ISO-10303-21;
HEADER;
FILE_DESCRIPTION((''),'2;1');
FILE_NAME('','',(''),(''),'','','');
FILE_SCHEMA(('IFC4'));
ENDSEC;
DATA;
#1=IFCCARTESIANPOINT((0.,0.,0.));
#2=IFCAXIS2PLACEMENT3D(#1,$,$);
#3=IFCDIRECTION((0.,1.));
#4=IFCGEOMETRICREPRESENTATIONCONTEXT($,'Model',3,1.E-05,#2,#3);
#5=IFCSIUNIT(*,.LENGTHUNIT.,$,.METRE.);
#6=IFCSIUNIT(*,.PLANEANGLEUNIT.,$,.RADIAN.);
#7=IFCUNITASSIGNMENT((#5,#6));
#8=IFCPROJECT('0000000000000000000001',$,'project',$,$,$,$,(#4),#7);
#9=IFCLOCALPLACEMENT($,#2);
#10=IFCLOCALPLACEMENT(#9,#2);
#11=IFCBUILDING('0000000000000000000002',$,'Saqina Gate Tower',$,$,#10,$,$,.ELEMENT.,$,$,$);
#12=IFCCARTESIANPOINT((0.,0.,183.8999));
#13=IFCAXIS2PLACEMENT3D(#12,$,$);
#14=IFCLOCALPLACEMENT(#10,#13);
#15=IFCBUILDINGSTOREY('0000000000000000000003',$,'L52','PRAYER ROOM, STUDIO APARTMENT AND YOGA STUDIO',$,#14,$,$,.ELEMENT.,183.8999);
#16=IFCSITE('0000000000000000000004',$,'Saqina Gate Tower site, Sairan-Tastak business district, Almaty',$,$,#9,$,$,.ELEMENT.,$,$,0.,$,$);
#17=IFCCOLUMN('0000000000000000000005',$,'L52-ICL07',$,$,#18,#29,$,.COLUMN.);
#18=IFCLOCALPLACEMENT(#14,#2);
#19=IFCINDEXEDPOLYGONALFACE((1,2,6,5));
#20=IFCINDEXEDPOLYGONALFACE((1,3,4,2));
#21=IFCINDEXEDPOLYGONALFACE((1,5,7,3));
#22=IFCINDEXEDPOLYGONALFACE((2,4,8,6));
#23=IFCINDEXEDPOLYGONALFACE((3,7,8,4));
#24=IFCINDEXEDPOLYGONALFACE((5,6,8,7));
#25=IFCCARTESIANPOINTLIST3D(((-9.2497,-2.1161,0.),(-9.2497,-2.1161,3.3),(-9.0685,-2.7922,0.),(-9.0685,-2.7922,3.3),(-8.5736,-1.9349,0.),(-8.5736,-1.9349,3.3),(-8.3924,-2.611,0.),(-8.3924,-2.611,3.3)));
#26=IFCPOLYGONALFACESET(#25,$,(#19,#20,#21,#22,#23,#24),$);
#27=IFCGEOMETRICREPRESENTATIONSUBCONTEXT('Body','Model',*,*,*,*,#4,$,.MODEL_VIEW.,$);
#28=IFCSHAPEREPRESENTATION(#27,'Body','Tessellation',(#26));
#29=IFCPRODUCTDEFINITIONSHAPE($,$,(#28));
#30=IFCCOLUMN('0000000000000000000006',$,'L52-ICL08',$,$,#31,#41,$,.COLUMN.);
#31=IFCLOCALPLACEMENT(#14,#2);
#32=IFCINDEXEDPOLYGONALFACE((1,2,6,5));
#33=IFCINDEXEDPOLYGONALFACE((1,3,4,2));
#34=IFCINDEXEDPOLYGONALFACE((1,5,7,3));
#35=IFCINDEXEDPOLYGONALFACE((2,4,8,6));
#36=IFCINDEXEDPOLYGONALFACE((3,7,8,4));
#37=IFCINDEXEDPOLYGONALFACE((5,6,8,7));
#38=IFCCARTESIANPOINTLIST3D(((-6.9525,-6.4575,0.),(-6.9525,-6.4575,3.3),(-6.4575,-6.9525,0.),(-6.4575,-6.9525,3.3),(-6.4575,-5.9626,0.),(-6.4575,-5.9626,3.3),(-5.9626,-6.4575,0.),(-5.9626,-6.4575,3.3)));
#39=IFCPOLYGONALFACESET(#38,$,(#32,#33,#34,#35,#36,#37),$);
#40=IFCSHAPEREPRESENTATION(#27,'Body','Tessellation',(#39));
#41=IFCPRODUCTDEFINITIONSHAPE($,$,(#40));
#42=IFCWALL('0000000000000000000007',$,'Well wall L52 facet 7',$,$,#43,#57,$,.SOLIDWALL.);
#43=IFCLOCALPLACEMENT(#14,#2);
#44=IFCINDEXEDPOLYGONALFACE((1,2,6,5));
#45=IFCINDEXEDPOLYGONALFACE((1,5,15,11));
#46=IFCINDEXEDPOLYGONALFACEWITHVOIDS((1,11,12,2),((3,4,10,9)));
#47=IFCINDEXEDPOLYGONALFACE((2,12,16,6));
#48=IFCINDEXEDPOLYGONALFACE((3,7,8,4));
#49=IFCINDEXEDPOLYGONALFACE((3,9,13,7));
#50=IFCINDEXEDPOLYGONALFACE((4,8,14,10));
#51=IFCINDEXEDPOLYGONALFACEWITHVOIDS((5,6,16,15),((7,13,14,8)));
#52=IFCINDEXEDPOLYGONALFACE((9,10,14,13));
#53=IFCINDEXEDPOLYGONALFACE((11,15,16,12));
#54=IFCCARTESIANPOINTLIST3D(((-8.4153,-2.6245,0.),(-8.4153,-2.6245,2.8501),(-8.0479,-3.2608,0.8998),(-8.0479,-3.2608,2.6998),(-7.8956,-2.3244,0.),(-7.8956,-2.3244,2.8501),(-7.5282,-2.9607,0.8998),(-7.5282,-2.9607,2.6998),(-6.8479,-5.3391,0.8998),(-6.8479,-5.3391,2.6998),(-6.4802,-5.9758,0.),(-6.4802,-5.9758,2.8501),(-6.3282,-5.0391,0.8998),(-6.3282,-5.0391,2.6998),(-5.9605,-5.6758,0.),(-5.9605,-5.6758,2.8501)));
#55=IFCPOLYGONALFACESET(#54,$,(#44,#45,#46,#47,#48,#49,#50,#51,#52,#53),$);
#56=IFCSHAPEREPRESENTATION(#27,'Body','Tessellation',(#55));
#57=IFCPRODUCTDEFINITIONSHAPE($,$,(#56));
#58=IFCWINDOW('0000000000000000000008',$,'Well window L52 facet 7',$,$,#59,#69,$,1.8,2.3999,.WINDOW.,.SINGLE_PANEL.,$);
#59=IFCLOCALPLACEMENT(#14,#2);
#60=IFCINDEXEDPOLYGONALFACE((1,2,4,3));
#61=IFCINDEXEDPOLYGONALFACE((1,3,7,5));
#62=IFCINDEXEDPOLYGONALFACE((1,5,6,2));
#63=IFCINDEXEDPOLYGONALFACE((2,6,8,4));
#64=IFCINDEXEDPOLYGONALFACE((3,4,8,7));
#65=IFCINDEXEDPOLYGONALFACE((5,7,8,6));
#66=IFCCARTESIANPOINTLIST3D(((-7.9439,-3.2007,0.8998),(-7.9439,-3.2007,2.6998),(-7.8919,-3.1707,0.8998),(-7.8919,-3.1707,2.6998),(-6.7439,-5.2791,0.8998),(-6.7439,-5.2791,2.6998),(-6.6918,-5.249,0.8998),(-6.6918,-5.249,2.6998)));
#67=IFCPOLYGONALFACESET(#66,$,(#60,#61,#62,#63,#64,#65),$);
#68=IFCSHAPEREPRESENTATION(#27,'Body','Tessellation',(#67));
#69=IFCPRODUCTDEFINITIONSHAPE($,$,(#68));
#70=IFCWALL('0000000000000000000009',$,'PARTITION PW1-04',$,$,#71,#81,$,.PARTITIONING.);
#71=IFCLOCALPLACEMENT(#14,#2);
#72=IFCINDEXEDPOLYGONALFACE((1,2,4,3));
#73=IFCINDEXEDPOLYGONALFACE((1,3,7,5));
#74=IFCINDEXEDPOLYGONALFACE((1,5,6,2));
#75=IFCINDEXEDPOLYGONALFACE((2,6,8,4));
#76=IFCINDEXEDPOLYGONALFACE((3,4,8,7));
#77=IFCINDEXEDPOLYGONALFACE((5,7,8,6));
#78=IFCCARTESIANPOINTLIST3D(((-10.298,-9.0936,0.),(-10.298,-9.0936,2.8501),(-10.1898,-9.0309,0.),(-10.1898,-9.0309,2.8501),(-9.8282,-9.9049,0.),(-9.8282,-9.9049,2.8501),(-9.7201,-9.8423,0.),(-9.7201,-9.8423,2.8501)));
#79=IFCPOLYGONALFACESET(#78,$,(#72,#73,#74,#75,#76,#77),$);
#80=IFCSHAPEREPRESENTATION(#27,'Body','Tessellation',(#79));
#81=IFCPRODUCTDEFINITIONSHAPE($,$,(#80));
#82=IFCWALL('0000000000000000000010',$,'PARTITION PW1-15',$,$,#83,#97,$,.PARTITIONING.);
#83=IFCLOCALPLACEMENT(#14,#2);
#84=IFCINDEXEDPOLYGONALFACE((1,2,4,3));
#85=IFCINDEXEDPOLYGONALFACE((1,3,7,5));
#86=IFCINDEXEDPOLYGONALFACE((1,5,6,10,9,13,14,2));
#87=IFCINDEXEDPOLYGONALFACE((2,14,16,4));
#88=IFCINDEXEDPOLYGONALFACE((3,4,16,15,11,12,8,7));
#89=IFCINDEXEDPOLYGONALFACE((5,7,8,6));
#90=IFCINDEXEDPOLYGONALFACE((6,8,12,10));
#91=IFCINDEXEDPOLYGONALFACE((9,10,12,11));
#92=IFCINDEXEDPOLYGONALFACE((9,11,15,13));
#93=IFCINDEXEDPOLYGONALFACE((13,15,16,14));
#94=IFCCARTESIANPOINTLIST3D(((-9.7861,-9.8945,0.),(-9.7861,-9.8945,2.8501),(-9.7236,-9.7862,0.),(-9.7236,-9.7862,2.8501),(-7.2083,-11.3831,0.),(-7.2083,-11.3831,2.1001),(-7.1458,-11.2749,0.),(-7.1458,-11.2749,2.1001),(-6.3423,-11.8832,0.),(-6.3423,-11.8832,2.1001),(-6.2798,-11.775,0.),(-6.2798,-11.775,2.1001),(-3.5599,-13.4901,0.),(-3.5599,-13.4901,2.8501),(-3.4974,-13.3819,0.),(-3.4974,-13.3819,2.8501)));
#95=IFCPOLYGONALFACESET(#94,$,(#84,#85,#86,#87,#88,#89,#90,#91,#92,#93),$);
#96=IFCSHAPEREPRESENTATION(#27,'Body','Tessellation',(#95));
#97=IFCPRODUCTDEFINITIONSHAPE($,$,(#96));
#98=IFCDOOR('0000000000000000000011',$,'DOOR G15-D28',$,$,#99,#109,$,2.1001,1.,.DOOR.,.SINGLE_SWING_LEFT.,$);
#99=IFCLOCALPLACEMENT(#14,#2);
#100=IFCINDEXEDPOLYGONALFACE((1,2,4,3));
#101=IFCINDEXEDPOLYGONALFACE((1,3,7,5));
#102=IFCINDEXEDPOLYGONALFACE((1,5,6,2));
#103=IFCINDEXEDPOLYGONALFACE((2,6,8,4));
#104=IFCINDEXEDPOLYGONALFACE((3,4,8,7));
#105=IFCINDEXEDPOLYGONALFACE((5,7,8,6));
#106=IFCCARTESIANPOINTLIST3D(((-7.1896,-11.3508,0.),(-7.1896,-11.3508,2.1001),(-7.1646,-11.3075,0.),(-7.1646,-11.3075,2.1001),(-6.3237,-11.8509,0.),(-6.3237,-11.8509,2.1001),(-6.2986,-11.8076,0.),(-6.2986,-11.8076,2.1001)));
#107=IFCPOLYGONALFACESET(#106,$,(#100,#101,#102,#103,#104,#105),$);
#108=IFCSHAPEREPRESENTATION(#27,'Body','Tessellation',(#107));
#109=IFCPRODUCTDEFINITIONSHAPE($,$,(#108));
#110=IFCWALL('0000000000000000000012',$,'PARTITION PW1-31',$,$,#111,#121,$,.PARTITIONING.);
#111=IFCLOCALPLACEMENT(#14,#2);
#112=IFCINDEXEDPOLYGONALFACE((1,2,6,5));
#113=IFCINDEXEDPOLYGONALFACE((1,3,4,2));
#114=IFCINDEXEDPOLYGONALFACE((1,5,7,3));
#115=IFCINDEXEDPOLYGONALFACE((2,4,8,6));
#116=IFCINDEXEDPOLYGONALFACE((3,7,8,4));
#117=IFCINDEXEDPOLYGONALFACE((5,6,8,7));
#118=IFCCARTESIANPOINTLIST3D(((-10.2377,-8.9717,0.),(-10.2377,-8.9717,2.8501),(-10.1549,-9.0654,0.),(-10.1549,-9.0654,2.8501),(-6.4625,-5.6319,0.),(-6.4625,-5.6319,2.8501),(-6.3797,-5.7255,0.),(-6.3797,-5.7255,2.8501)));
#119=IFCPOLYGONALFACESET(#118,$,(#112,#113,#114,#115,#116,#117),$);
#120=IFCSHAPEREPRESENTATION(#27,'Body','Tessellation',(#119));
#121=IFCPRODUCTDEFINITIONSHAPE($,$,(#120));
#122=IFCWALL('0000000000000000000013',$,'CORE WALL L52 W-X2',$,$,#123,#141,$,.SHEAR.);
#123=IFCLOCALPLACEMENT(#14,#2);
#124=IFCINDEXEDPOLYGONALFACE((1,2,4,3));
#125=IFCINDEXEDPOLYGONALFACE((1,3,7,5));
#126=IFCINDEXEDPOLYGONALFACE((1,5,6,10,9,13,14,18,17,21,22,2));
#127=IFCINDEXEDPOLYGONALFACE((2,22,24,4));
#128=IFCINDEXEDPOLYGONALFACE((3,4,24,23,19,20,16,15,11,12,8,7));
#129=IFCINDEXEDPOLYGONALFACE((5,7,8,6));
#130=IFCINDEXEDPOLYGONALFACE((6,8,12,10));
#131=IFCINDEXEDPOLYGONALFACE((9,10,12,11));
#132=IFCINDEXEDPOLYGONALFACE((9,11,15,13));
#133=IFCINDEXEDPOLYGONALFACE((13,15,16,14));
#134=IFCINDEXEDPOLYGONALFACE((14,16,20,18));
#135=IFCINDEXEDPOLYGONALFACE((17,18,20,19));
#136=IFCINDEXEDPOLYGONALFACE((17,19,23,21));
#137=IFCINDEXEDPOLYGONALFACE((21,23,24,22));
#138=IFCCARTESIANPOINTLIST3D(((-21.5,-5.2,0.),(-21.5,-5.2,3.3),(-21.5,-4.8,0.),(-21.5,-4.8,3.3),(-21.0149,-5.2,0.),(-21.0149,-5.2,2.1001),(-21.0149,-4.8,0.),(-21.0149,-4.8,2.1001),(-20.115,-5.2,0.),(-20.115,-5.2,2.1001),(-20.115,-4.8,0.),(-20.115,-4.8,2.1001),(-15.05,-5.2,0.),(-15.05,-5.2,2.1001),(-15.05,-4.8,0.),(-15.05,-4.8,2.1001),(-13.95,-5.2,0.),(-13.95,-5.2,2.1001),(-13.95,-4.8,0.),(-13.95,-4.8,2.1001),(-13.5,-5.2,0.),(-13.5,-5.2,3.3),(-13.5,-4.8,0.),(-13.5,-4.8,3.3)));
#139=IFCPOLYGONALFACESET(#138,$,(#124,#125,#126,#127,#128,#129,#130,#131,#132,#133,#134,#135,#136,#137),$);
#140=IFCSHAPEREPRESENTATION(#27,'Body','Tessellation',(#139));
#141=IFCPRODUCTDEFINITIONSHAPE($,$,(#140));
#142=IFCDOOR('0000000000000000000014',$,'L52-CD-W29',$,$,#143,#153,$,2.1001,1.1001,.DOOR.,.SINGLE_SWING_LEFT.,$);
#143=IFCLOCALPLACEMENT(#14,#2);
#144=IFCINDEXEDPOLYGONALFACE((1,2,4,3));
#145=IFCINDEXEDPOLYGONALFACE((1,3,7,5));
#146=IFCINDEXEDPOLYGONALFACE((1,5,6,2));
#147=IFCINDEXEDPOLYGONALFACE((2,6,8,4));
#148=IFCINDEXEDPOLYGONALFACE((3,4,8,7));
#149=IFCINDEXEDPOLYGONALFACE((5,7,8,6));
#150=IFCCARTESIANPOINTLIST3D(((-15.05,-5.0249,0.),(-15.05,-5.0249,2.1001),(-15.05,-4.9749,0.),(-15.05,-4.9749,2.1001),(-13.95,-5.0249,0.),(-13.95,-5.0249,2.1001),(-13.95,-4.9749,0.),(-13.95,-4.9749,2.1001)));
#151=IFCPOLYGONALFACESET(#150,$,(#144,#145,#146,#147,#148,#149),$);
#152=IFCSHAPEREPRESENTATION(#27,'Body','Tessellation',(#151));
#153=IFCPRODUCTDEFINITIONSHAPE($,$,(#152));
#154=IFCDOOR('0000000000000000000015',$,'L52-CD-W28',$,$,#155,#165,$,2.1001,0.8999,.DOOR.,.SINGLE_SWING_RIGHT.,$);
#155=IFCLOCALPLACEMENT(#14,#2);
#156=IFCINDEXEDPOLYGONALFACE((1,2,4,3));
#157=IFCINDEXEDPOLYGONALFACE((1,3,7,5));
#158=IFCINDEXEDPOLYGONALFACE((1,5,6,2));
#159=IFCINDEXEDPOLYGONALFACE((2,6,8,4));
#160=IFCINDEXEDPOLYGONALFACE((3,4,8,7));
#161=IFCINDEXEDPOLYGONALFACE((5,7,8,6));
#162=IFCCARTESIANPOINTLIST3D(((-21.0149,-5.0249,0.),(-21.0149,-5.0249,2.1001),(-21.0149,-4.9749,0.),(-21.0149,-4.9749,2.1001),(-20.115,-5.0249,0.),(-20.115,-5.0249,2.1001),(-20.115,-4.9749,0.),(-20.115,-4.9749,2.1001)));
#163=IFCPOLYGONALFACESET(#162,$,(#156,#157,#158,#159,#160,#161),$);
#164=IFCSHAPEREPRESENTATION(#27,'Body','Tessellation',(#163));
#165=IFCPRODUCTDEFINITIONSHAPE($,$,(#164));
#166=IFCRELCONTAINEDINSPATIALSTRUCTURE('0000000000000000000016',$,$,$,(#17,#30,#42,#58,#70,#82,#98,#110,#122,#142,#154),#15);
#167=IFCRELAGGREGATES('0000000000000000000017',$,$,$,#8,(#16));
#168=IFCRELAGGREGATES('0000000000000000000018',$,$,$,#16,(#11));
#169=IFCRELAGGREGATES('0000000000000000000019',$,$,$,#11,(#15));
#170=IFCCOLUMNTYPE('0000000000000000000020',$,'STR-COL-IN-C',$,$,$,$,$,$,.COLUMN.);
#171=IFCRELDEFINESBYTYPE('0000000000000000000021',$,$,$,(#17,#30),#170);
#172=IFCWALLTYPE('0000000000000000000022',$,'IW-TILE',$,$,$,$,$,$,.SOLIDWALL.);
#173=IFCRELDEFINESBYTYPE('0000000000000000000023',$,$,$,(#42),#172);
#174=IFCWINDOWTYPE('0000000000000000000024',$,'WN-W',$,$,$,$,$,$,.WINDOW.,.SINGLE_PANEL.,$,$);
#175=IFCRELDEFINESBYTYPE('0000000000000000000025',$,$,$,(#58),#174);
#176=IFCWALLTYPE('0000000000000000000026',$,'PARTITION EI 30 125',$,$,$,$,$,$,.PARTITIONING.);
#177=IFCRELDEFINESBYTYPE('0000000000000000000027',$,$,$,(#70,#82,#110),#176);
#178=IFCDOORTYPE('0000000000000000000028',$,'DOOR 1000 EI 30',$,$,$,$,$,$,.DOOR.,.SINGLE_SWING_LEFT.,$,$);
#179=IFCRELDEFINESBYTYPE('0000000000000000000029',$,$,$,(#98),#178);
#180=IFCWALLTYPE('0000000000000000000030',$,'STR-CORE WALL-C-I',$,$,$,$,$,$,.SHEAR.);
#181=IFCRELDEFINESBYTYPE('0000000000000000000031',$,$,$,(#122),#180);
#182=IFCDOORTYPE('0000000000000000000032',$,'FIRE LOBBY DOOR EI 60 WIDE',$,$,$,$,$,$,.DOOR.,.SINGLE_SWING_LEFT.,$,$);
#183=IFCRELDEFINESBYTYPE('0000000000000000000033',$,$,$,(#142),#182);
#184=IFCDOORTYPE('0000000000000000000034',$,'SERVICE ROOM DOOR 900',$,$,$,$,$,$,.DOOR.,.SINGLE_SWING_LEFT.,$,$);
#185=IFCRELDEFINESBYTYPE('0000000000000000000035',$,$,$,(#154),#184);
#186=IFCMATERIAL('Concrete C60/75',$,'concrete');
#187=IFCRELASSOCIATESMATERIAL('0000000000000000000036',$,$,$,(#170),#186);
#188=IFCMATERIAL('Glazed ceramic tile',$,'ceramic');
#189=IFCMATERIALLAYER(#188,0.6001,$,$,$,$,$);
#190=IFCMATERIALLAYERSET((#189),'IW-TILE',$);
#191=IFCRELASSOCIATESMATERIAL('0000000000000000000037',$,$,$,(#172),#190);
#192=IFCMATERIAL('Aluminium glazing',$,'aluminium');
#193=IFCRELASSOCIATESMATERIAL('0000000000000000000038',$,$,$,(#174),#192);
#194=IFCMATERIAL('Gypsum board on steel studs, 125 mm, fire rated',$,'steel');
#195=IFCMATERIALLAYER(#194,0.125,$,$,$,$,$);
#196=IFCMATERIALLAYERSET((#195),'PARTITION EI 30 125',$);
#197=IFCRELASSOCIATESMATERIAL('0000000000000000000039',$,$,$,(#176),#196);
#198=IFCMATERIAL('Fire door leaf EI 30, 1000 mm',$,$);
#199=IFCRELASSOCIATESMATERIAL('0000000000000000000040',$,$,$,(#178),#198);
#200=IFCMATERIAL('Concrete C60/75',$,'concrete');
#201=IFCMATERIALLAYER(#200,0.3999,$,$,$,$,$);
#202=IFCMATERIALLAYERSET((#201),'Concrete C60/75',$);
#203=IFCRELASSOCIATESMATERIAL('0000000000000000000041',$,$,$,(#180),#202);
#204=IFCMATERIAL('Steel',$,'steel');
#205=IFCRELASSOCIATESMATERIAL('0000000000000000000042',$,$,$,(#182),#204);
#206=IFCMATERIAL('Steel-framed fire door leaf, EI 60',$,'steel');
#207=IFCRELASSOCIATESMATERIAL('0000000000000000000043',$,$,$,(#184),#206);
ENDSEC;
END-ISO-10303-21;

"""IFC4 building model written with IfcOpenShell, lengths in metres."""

from ifc_helpers import new_model, si_unit, direction, frame, frame_2d, origin, origin_2d, place, context, subcontext, project, spatial, rectangle, extrude, material, layer, layer_set, material_profile, profile_set, type_object, element, fill, save


model = new_model("IFC4")

# Units and contexts
model_context = context("Model", 3, precision=1e-05, world=origin(), true_north=direction((0.0, 1.0)))
body_context = subcontext(model_context, "Body", "Model", "MODEL_VIEW")
ifc_project = project(units=[si_unit("LENGTHUNIT", "METRE"), si_unit("PLANEANGLEUNIT", "RADIAN")], contexts=[model_context])

# Site, building, storey
site_placement = place(None, origin())
site = spatial("IfcSite", under=ifc_project, at=site_placement, Name="Saqina Gate Tower site, Sairan-Tastak business district, Almaty", CompositionType="ELEMENT", RefElevation=0.0)
building_placement = place(site_placement, origin())
building = spatial("IfcBuilding", under=site, at=building_placement, Name="Saqina Gate Tower", CompositionType="ELEMENT")
storey_placement = place(building_placement, frame((0.0, 0.0, 183.8999)))
storey = spatial("IfcBuildingStorey", under=building, at=storey_placement, Name="L52", Description="PRAYER ROOM, STUDIO APARTMENT AND YOGA STUDIO", CompositionType="ELEMENT", Elevation=183.8999)

# Columns
ifc_material_1 = material(Name="Concrete C60/75", Category="concrete")
ifc_material_profile = material_profile(ifc_material_1, rectangle(XDim=0.7, YDim=0.7, at=origin_2d()), Name="RC 700x700")
ifc_profile_set = profile_set([ifc_material_profile], Name="Concrete C60/75")
column_type = type_object("IfcColumnType", Name="STR-COL-IN-C", PredefinedType="COLUMN", material=ifc_profile_set)
for number, where, z_axis, x_axis, name in (
    (1, (-8.821, -2.3635, 0.0), (0.0, 0.0, 1.0), (-0.965926, -0.258819, 0.0), "L52-ICL07"),
    (2, (-6.4575, -6.4575, 0.0), (0.0, 0.0, 1.0), (-0.707107, -0.707107, 0.0), "L52-ICL08"),
):
    element("IfcColumn", number, at=place(storey_placement, frame(where, z_axis=z_axis, x_axis=x_axis)), inside=storey, type_object=column_type, Name=name, PredefinedType="COLUMN", context=body_context, shape_type="SweptSolid", body=[
        extrude(rectangle(XDim=0.7, YDim=0.7, at=origin_2d()), origin(), (0.0, 0.0, 1.0), 3.3),
    ])

# Wall, opening, window
ifc_material_2 = material(Name="Glazed ceramic tile", Category="ceramic")
ifc_layer_1 = layer(ifc_material_2, 0.6001)
ifc_layer_set_1 = layer_set([ifc_layer_1], Name="IW-TILE")
wall_type_1 = type_object("IfcWallType", Name="IW-TILE", PredefinedType="SOLIDWALL", material=ifc_layer_set_1)
wall_1_placement = place(storey_placement, frame((-8.1555, -2.4744, 0.0), z_axis=(0.0, 0.0, 1.0), x_axis=(0.500034, -0.866006, 0.0)))
wall_1 = element("IfcWall", 3, at=wall_1_placement, inside=storey, type_object=wall_type_1, Name="Well wall L52 facet 7", PredefinedType="SOLIDWALL", context=body_context, shape_type="SweptSolid", body=[
    extrude(rectangle(XDim=3.8699, YDim=0.6001, at=frame_2d((1.9351, 0.0))), origin(), (0.0, 0.0, 1.0), 2.8501),
])
opening_1_placement = place(wall_1_placement, frame((0.7349, 0.0, 0.8999)))
opening_1 = element("IfcOpeningElement", 4, at=opening_1_placement, cuts=wall_1, PredefinedType="OPENING", context=body_context, shape_type="SweptSolid", body=[
    extrude(rectangle(XDim=2.3999, YDim=1.8, at=frame_2d((1.2, 0.8999))), frame((0.0, 0.312, 0.0), z_axis=(0.0, -1.0, 0.0), x_axis=(1.0, 0.0, 0.0)), (0.0, 0.0, 1.0), 0.624),
])
ifc_material_3 = material(Name="Aluminium glazing", Category="aluminium")
window_type = type_object("IfcWindowType", Name="WN-W", PartitioningType="SINGLE_PANEL", PredefinedType="WINDOW", material=ifc_material_3)
window_placement = place(opening_1_placement, origin())
window = element("IfcWindow", 5, at=window_placement, inside=storey, type_object=window_type, Name="Well window L52 facet 7", OverallHeight=1.8, OverallWidth=2.3999, PartitioningType="SINGLE_PANEL", PredefinedType="WINDOW", context=body_context, shape_type="SweptSolid", body=[
    extrude(rectangle(XDim=2.3999, YDim=1.8, at=frame_2d((1.2, 0.8999))), frame((0.0, -0.1199, 0.0), z_axis=(0.0, -1.0, 0.0), x_axis=(1.0, 0.0, 0.0)), (0.0, 0.0, 1.0), 0.0601),
])
fill(opening_1, window)

# Wall
ifc_material_4 = material(Name="Gypsum board on steel studs, 125 mm, fire rated", Category="steel")
ifc_layer_2 = layer(ifc_material_4, 0.125)
ifc_layer_set_2 = layer_set([ifc_layer_2], Name="PARTITION EI 30 125")
wall_type_2 = type_object("IfcWallType", Name="PARTITION EI 30 125", PredefinedType="PARTITIONING", material=ifc_layer_set_2)
wall_2_placement = place(storey_placement, frame((-10.2439, -9.0623, 0.0), z_axis=(0.0, 0.0, 1.0), x_axis=(0.501067, -0.865408, 0.0)))
element("IfcWall", 6, at=wall_2_placement, inside=storey, type_object=wall_type_2, Name="PARTITION PW1-04", PredefinedType="PARTITIONING", context=body_context, shape_type="SweptSolid", body=[
    extrude(rectangle(XDim=0.9375, YDim=0.125, at=frame_2d((0.4688, 0.0))), origin(), (0.0, 0.0, 1.0), 2.8501),
])

# Wall, opening, door
wall_3_placement = place(storey_placement, frame((-9.7549, -9.8403, 0.0), z_axis=(0.0, 0.0, 1.0), x_axis=(0.865969, -0.500098, 0.0)))
wall_3 = element("IfcWall", 7, at=wall_3_placement, inside=storey, type_object=wall_type_2, Name="PARTITION PW1-15", PredefinedType="PARTITIONING", context=body_context, shape_type="SweptSolid", body=[
    extrude(rectangle(XDim=7.1899, YDim=0.125, at=frame_2d((3.595, 0.0))), origin(), (0.0, 0.0, 1.0), 2.8501),
])
opening_2_placement = place(wall_3_placement, frame((2.9768, 0.0, 0.0)))
opening_2 = element("IfcOpeningElement", 8, at=opening_2_placement, cuts=wall_3, PredefinedType="OPENING", context=body_context, shape_type="SweptSolid", body=[
    extrude(rectangle(XDim=1.0, YDim=2.1001, at=frame_2d((0.5, 1.05))), frame((0.0, 0.0745, 0.0), z_axis=(0.0, -1.0, 0.0), x_axis=(1.0, 0.0, 0.0)), (0.0, 0.0, 1.0), 0.1489),
])
ifc_material_5 = material(Name="Fire door leaf EI 30, 1000 mm")
door_type_1 = type_object("IfcDoorType", Name="DOOR 1000 EI 30", OperationType="SINGLE_SWING_LEFT", PredefinedType="DOOR", material=ifc_material_5)
door_1_placement = place(opening_2_placement, origin())
door_1 = element("IfcDoor", 9, at=door_1_placement, inside=storey, type_object=door_type_1, Name="DOOR G15-D28", OperationType="SINGLE_SWING_LEFT", OverallHeight=2.1001, OverallWidth=1.0, PredefinedType="DOOR", context=body_context, shape_type="SweptSolid", body=[
    extrude(rectangle(XDim=1.0, YDim=2.1001, at=frame_2d((0.5, 1.05))), frame((0.0, 0.0249, 0.0), z_axis=(0.0, -1.0, 0.0), x_axis=(1.0, 0.0, 0.0)), (0.0, 0.0, 1.0), 0.05),
])
fill(opening_2, door_1)

# Wall
wall_4_placement = place(storey_placement, frame((-10.1963, -9.0186, 0.0), z_axis=(0.0, 0.0, 1.0), x_axis=(0.748968, 0.662606, 0.0)))
element("IfcWall", 10, at=wall_4_placement, inside=storey, type_object=wall_type_2, Name="PARTITION PW1-31", PredefinedType="PARTITIONING", context=body_context, shape_type="SweptSolid", body=[
    extrude(rectangle(XDim=5.0405, YDim=0.125, at=frame_2d((2.5203, 0.0))), origin(), (0.0, 0.0, 1.0), 2.8501),
])

# Wall, openings, doors
ifc_material_6 = material(Name="Concrete C60/75", Category="concrete")
ifc_layer_3 = layer(ifc_material_6, 0.3999)
ifc_layer_set_3 = layer_set([ifc_layer_3], Name="Concrete C60/75")
wall_type_3 = type_object("IfcWallType", Name="STR-CORE WALL-C-I", PredefinedType="SHEAR", material=ifc_layer_set_3)
wall_5_placement = place(storey_placement, frame((-13.5, -5.0, 0.0), z_axis=(0.0, 0.0, 1.0), x_axis=(-1.0, 0.0, 0.0)))
wall_5 = element("IfcWall", 11, at=wall_5_placement, inside=storey, type_object=wall_type_3, Name="CORE WALL L52 W-X2", PredefinedType="SHEAR", context=body_context, shape_type="SweptSolid", body=[
    extrude(rectangle(XDim=8.0, YDim=0.3999, at=frame_2d((4.0, 0.0))), origin(), (0.0, 0.0, 1.0), 3.3),
])
opening_3_placement = place(wall_5_placement, frame((6.615, 0.0, 0.0)))
opening_3 = element("IfcOpeningElement", 12, at=opening_3_placement, cuts=wall_5, PredefinedType="OPENING", context=body_context, shape_type="SweptSolid", body=[
    extrude(rectangle(XDim=0.8999, YDim=2.1001, at=frame_2d((0.45, 1.05))), frame((0.0, 0.2119, 0.0), z_axis=(0.0, -1.0, 0.0), x_axis=(1.0, 0.0, 0.0)), (0.0, 0.0, 1.0), 0.4238),
])
opening_4_placement = place(wall_5_placement, frame((0.45, 0.0, 0.0)))
opening_4 = element("IfcOpeningElement", 13, at=opening_4_placement, cuts=wall_5, PredefinedType="OPENING", context=body_context, shape_type="SweptSolid", body=[
    extrude(rectangle(XDim=1.1001, YDim=2.1001, at=frame_2d((0.55, 1.05))), frame((0.0, 0.2119, 0.0), z_axis=(0.0, -1.0, 0.0), x_axis=(1.0, 0.0, 0.0)), (0.0, 0.0, 1.0), 0.4238),
])
ifc_material_7 = material(Name="Steel", Category="steel")
door_type_2 = type_object("IfcDoorType", Name="FIRE LOBBY DOOR EI 60 WIDE", OperationType="SINGLE_SWING_LEFT", PredefinedType="DOOR", material=ifc_material_7)
door_2_placement = place(opening_4_placement, origin())
door_2 = element("IfcDoor", 14, at=door_2_placement, inside=storey, type_object=door_type_2, Name="L52-CD-W29", OperationType="SINGLE_SWING_LEFT", OverallHeight=2.1001, OverallWidth=1.1001, PredefinedType="DOOR", context=body_context, shape_type="SweptSolid", body=[
    extrude(rectangle(XDim=1.1001, YDim=2.1001, at=frame_2d((0.55, 1.05))), frame((0.0, 0.0249, 0.0), z_axis=(0.0, -1.0, 0.0), x_axis=(1.0, 0.0, 0.0)), (0.0, 0.0, 1.0), 0.05),
])
fill(opening_4, door_2)
ifc_material_8 = material(Name="Steel-framed fire door leaf, EI 60", Category="steel")
door_type_3 = type_object("IfcDoorType", Name="SERVICE ROOM DOOR 900", OperationType="SINGLE_SWING_LEFT", PredefinedType="DOOR", material=ifc_material_8)
door_3_placement = place(opening_3_placement, origin())
door_3 = element("IfcDoor", 15, at=door_3_placement, inside=storey, type_object=door_type_3, Name="L52-CD-W28", OperationType="SINGLE_SWING_RIGHT", OverallHeight=2.1001, OverallWidth=0.8999, PredefinedType="DOOR", context=body_context, shape_type="SweptSolid", body=[
    extrude(rectangle(XDim=0.8999, YDim=2.1001, at=frame_2d((0.45, 1.05))), frame((0.0, 0.0249, 0.0), z_axis=(0.0, -1.0, 0.0), x_axis=(1.0, 0.0, 0.0)), (0.0, 0.0, 1.0), 0.05),
])
fill(opening_3, door_3)

save(model, "model.ifc")
